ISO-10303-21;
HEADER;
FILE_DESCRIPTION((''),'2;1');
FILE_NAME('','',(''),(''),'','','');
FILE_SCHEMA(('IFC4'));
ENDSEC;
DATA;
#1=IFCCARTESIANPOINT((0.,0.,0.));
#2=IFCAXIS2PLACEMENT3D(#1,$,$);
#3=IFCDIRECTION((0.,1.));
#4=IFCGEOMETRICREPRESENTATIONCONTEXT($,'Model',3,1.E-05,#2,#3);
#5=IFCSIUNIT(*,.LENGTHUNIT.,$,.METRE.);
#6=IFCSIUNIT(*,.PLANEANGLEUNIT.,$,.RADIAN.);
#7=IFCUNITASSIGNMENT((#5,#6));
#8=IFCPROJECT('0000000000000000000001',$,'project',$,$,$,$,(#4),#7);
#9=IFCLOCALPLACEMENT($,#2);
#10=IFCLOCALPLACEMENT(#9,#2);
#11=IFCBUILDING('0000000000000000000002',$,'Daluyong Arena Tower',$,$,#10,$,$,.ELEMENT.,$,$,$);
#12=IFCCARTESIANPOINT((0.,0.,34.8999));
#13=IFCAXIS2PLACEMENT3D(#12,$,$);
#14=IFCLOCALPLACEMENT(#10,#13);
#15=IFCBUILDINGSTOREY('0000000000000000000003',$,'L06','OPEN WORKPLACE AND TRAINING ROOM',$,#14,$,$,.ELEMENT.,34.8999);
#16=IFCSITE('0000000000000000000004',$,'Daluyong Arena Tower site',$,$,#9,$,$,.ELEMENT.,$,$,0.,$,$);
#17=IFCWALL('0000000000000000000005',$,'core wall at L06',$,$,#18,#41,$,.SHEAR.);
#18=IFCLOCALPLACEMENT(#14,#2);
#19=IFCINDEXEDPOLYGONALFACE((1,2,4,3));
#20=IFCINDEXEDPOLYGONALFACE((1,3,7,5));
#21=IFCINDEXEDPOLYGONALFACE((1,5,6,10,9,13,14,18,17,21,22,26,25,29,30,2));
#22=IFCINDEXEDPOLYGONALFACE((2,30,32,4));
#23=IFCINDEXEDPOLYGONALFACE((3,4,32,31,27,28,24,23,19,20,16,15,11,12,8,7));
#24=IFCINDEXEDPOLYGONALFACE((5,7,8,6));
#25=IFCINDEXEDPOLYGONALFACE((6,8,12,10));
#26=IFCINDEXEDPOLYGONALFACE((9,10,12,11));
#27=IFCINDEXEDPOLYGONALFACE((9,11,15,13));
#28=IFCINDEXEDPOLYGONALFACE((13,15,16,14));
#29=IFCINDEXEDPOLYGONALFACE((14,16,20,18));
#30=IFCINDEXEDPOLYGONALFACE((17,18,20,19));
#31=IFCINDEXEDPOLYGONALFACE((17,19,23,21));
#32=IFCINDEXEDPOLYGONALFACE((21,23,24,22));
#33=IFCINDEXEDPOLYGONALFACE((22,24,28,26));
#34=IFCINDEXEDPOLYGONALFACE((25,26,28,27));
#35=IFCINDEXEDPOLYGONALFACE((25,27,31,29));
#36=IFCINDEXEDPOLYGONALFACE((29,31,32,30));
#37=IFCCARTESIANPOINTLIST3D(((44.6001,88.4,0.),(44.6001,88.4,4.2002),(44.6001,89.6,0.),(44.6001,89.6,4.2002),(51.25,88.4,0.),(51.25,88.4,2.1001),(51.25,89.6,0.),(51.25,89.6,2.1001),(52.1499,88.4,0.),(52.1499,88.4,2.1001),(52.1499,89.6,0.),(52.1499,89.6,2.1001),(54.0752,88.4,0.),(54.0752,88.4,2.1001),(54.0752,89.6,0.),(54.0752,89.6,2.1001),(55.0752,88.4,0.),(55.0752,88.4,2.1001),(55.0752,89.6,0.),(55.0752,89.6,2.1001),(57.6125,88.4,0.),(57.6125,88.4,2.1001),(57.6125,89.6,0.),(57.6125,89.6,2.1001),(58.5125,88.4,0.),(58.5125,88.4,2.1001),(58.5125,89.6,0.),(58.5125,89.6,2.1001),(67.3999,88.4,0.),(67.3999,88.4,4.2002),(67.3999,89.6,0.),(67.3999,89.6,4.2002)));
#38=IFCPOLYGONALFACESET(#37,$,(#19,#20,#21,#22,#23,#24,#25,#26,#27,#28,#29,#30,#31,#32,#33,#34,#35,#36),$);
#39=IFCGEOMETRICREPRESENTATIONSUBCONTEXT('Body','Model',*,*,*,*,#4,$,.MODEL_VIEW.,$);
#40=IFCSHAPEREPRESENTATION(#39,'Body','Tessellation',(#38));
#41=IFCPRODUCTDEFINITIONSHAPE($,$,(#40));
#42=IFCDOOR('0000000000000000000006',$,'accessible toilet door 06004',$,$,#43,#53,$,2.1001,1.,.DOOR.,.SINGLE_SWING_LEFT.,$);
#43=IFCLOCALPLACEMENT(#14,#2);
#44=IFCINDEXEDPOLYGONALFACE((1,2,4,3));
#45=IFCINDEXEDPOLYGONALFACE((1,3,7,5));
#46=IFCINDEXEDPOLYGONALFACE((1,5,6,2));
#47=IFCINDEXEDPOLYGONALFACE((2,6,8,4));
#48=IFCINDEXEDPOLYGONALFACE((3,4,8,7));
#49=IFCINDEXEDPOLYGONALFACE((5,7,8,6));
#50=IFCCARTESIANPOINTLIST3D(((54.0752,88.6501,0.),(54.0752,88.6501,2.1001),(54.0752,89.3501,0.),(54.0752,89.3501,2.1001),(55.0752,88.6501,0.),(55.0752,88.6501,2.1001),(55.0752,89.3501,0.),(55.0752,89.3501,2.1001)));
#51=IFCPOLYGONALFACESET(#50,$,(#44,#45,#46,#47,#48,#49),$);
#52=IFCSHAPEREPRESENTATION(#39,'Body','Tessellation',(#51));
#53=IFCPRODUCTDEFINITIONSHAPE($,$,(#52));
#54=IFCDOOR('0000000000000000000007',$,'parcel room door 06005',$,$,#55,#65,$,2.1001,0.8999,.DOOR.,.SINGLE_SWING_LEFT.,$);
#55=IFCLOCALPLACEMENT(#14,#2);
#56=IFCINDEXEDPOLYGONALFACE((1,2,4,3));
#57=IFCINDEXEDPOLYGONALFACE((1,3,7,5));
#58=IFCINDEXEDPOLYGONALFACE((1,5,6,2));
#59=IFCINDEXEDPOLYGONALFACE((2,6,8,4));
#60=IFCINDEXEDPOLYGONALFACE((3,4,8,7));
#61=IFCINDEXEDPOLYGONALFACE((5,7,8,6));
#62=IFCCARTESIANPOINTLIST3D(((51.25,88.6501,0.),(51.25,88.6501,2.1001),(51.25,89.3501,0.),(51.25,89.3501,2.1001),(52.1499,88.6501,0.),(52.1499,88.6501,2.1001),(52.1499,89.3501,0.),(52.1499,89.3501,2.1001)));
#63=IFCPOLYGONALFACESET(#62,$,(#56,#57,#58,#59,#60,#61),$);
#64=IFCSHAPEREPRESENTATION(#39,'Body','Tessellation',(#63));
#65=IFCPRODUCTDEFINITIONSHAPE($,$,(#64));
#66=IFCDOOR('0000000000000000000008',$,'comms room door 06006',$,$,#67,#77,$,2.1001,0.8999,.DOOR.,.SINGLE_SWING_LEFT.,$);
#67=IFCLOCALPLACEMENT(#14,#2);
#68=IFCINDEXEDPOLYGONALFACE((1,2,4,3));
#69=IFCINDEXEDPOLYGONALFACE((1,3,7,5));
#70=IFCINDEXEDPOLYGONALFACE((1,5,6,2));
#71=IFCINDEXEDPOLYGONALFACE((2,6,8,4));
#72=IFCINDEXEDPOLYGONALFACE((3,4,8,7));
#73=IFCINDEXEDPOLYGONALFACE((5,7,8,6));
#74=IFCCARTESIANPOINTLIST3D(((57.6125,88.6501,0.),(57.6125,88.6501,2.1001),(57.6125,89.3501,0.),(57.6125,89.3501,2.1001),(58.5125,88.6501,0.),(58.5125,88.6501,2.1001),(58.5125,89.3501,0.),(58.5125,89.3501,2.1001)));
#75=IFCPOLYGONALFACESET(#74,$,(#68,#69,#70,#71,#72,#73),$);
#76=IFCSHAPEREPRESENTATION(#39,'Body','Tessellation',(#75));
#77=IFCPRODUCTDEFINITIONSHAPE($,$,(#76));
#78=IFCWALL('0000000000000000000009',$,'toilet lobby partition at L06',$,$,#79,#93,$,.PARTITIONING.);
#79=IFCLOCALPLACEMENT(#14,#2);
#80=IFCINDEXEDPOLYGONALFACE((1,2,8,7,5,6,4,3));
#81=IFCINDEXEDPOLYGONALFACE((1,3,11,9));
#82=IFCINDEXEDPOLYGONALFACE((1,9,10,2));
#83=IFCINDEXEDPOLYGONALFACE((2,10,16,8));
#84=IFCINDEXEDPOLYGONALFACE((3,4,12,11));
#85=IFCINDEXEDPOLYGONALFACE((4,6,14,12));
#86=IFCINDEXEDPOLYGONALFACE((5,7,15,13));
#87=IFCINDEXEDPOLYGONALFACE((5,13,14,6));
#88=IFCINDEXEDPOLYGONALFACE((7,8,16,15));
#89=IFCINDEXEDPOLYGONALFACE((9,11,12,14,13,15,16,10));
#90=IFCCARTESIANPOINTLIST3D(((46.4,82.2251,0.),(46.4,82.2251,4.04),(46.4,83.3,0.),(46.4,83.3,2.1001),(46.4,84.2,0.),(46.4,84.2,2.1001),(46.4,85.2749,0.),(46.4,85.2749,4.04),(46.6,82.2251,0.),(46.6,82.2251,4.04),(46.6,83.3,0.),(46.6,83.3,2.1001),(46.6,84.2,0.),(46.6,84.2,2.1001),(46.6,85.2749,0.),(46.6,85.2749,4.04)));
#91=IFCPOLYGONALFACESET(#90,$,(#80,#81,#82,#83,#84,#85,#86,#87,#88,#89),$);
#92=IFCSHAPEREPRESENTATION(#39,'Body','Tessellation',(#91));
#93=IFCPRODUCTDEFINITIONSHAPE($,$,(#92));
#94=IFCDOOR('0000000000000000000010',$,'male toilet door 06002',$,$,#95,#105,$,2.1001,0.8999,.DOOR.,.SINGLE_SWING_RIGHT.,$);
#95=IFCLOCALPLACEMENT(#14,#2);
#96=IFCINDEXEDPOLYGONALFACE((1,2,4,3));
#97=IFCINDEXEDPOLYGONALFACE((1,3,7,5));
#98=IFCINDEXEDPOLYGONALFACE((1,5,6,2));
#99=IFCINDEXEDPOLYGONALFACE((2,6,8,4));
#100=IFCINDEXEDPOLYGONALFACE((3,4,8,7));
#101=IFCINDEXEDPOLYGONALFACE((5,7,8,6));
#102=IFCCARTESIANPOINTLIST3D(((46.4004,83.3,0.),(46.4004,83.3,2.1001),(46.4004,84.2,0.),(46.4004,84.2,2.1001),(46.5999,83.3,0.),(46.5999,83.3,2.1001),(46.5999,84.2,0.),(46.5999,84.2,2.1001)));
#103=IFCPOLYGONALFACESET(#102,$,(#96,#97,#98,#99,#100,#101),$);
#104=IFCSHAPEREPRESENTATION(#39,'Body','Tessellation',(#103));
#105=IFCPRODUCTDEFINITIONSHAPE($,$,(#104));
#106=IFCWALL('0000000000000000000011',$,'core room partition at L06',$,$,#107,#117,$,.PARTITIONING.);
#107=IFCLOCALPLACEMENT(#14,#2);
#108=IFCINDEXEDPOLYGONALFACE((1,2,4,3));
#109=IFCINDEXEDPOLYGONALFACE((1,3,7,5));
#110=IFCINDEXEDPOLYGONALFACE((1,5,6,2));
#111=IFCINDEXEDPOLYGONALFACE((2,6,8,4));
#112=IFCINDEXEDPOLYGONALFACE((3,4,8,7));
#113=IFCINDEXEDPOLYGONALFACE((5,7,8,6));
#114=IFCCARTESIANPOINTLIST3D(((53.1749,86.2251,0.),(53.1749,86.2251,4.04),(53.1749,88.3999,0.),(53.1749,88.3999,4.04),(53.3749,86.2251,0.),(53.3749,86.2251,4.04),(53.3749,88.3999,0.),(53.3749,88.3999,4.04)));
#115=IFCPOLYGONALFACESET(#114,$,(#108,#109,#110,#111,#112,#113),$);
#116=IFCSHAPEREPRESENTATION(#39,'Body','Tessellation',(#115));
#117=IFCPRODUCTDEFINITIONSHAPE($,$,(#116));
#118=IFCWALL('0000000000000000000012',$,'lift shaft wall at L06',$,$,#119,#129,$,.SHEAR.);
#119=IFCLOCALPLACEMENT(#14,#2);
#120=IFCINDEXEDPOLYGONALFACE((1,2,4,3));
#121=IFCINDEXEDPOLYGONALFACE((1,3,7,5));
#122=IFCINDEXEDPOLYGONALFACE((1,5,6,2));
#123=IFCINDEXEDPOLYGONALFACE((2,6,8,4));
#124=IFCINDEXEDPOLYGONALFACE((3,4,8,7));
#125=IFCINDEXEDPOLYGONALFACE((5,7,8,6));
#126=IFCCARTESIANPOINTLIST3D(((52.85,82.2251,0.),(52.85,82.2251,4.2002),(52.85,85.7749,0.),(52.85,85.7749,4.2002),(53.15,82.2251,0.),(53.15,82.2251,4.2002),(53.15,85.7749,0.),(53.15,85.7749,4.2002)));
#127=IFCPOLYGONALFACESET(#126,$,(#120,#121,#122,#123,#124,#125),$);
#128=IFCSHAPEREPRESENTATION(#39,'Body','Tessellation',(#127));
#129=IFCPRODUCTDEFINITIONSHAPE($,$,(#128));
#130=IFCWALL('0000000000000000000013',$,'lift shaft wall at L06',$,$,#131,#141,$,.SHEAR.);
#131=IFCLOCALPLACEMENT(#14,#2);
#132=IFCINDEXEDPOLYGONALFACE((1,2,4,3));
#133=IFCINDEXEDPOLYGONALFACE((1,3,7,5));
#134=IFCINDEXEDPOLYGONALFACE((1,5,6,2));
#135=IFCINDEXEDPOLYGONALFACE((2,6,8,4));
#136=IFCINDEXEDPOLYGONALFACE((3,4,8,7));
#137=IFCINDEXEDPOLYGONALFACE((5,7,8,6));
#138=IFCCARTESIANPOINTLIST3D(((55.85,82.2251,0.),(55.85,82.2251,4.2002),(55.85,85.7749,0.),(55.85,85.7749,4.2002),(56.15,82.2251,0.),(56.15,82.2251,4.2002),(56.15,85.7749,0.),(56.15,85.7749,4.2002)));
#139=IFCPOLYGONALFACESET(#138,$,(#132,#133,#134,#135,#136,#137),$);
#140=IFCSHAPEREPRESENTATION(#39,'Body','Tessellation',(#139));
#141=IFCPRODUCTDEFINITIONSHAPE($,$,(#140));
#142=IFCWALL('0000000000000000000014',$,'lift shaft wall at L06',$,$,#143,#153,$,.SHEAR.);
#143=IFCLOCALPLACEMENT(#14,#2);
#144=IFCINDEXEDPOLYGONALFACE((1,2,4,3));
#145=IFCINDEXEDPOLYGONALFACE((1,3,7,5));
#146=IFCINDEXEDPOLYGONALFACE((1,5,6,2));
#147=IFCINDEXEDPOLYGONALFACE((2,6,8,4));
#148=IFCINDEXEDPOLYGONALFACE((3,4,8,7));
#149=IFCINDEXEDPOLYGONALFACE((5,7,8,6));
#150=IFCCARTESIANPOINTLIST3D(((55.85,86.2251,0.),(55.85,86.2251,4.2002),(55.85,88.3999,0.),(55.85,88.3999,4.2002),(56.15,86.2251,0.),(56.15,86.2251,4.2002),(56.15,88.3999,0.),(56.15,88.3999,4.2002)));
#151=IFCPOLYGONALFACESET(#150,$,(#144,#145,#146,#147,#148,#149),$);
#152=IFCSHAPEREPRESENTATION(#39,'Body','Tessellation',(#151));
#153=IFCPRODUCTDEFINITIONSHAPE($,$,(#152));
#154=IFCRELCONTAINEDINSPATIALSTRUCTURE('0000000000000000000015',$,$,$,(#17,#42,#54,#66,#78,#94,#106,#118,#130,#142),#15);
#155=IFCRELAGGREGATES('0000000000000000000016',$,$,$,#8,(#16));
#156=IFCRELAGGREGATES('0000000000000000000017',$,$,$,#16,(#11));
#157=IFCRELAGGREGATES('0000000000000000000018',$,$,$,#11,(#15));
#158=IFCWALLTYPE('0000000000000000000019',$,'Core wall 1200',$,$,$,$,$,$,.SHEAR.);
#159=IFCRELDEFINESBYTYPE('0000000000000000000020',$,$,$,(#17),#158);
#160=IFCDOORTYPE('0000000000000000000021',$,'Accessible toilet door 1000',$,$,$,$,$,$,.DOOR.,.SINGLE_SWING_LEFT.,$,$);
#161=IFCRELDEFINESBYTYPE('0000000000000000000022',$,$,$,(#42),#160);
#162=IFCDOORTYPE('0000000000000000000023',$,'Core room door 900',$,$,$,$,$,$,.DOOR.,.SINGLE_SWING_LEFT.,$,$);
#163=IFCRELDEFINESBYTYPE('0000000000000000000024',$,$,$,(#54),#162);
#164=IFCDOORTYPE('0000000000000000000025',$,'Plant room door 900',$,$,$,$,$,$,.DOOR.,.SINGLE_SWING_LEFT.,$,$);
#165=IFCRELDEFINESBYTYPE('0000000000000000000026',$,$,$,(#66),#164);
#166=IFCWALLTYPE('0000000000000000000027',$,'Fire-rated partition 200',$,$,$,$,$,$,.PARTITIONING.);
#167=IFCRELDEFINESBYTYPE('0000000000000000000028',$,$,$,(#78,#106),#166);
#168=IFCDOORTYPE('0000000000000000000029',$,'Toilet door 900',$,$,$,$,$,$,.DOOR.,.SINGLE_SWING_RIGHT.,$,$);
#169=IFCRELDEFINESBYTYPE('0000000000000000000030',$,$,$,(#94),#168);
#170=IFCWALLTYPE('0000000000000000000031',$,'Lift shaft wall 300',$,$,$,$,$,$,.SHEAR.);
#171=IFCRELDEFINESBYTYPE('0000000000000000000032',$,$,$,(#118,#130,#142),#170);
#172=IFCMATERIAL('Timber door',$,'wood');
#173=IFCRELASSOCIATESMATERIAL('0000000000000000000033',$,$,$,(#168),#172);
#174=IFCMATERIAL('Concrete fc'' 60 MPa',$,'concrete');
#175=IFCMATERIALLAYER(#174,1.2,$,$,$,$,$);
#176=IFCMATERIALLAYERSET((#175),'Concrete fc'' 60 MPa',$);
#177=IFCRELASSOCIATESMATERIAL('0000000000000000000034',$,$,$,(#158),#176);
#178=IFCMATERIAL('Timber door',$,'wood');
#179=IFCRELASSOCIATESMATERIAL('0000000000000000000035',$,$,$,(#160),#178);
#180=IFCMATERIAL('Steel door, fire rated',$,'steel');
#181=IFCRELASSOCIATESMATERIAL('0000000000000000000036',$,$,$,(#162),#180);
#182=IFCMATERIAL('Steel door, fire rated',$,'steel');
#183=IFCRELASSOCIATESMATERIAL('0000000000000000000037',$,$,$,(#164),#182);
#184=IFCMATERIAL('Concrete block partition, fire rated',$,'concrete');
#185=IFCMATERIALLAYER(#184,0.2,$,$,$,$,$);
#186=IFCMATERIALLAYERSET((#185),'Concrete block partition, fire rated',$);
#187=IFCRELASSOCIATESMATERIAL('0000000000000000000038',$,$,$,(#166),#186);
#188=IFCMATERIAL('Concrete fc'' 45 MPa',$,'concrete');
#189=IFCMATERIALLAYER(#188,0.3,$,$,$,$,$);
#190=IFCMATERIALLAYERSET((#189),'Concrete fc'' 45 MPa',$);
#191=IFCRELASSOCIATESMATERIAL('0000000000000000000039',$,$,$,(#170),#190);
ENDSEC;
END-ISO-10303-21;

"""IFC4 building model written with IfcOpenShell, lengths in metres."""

from ifc_helpers import new_model, si_unit, direction, frame, frame_2d, origin, place, context, subcontext, project, spatial, rectangle, extrude, material, layer, layer_set, type_object, element, fill, save


model = new_model("IFC4")

# Units and contexts
model_context = context("Model", 3, precision=1e-05, world=origin(), true_north=direction((0.0, 1.0)))
body_context = subcontext(model_context, "Body", "Model", "MODEL_VIEW")
ifc_project = project(units=[si_unit("LENGTHUNIT", "METRE"), si_unit("PLANEANGLEUNIT", "RADIAN")], contexts=[model_context])

# Site, building, storey
site_placement = place(None, origin())
site = spatial("IfcSite", under=ifc_project, at=site_placement, Name="Daluyong Arena Tower site", CompositionType="ELEMENT", RefElevation=0.0)
building_placement = place(site_placement, origin())
building = spatial("IfcBuilding", under=site, at=building_placement, Name="Daluyong Arena Tower", CompositionType="ELEMENT")
storey_placement = place(building_placement, frame((0.0, 0.0, 34.8999)))
storey = spatial("IfcBuildingStorey", under=building, at=storey_placement, Name="L06", Description="OPEN WORKPLACE AND TRAINING ROOM", CompositionType="ELEMENT", Elevation=34.8999)

# Shared definitions
ifc_material_1 = material(Name="Timber door", Category="wood")
door_type_1 = type_object("IfcDoorType", Name="Toilet door 900", OperationType="SINGLE_SWING_RIGHT", PredefinedType="DOOR", material=ifc_material_1)

# Wall, openings, doors
ifc_material_2 = material(Name="Concrete fc' 60 MPa", Category="concrete")
ifc_layer_1 = layer(ifc_material_2, 1.2)
ifc_layer_set_1 = layer_set([ifc_layer_1], Name="Concrete fc' 60 MPa")
wall_type_1 = type_object("IfcWallType", Name="Core wall 1200", PredefinedType="SHEAR", material=ifc_layer_set_1)
wall_1_placement = place(storey_placement, frame((44.6001, 89.0, 0.0), z_axis=(0.0, 0.0, 1.0), x_axis=(1.0, 0.0, 0.0)))
wall_1 = element("IfcWall", 1, at=wall_1_placement, inside=storey, type_object=wall_type_1, Name="core wall at L06", PredefinedType="SHEAR", context=body_context, shape_type="SweptSolid", body=[
    extrude(rectangle(XDim=22.7998, YDim=1.2, at=frame_2d((11.3999, 0.0))), origin(), (0.0, 0.0, 1.0), 4.2002),
])
opening_1_placement = place(wall_1_placement, frame((9.4751, 0.0, 0.0)))
opening_1 = element("IfcOpeningElement", 2, at=opening_1_placement, cuts=wall_1, PredefinedType="OPENING", context=body_context, shape_type="SweptSolid", body=[
    extrude(rectangle(XDim=1.0, YDim=2.1001, at=frame_2d((0.5, 1.05))), frame((0.0, 0.6099, 0.0), z_axis=(0.0, -1.0, 0.0), x_axis=(1.0, 0.0, 0.0)), (0.0, 0.0, 1.0), 1.22),
])
opening_2_placement = place(wall_1_placement, frame((6.6499, 0.0, 0.0)))
opening_2 = element("IfcOpeningElement", 3, at=opening_2_placement, cuts=wall_1, PredefinedType="OPENING", context=body_context, shape_type="SweptSolid", body=[
    extrude(rectangle(XDim=0.8999, YDim=2.1001, at=frame_2d((0.45, 1.05))), frame((0.0, 0.6099, 0.0), z_axis=(0.0, -1.0, 0.0), x_axis=(1.0, 0.0, 0.0)), (0.0, 0.0, 1.0), 1.22),
])
opening_3_placement = place(wall_1_placement, frame((13.0125, 0.0, 0.0)))
opening_3 = element("IfcOpeningElement", 4, at=opening_3_placement, cuts=wall_1, PredefinedType="OPENING", context=body_context, shape_type="SweptSolid", body=[
    extrude(rectangle(XDim=0.8999, YDim=2.1001, at=frame_2d((0.45, 1.05))), frame((0.0, 0.6099, 0.0), z_axis=(0.0, -1.0, 0.0), x_axis=(1.0, 0.0, 0.0)), (0.0, 0.0, 1.0), 1.22),
])
ifc_material_3 = material(Name="Timber door", Category="wood")
door_type_2 = type_object("IfcDoorType", Name="Accessible toilet door 1000", OperationType="SINGLE_SWING_LEFT", PredefinedType="DOOR", material=ifc_material_3)
door_1_placement = place(opening_1_placement, origin())
door_1 = element("IfcDoor", 5, at=door_1_placement, inside=storey, type_object=door_type_2, Name="accessible toilet door 06004", OperationType="SINGLE_SWING_LEFT", OverallHeight=2.1001, OverallWidth=1.0, PredefinedType="DOOR", context=body_context, shape_type="SweptSolid", body=[
    extrude(rectangle(XDim=1.0, YDim=2.1001, at=frame_2d((0.5, 1.05))), frame((0.0, 0.3501, 0.0), z_axis=(0.0, -1.0, 0.0), x_axis=(1.0, 0.0, 0.0)), (0.0, 0.0, 1.0), 0.7),
])
fill(opening_1, door_1)
ifc_material_4 = material(Name="Steel door, fire rated", Category="steel")
door_type_3 = type_object("IfcDoorType", Name="Core room door 900", OperationType="SINGLE_SWING_LEFT", PredefinedType="DOOR", material=ifc_material_4)
door_2_placement = place(opening_2_placement, origin())
door_2 = element("IfcDoor", 6, at=door_2_placement, inside=storey, type_object=door_type_3, Name="parcel room door 06005", OperationType="SINGLE_SWING_LEFT", OverallHeight=2.1001, OverallWidth=0.8999, PredefinedType="DOOR", context=body_context, shape_type="SweptSolid", body=[
    extrude(rectangle(XDim=0.8999, YDim=2.1001, at=frame_2d((0.45, 1.05))), frame((0.0, 0.3501, 0.0), z_axis=(0.0, -1.0, 0.0), x_axis=(1.0, 0.0, 0.0)), (0.0, 0.0, 1.0), 0.7),
])
fill(opening_2, door_2)
ifc_material_5 = material(Name="Steel door, fire rated", Category="steel")
door_type_4 = type_object("IfcDoorType", Name="Plant room door 900", OperationType="SINGLE_SWING_LEFT", PredefinedType="DOOR", material=ifc_material_5)
door_3_placement = place(opening_3_placement, origin())
door_3 = element("IfcDoor", 7, at=door_3_placement, inside=storey, type_object=door_type_4, Name="comms room door 06006", OperationType="SINGLE_SWING_LEFT", OverallHeight=2.1001, OverallWidth=0.8999, PredefinedType="DOOR", context=body_context, shape_type="SweptSolid", body=[
    extrude(rectangle(XDim=0.8999, YDim=2.1001, at=frame_2d((0.45, 1.05))), frame((0.0, 0.3501, 0.0), z_axis=(0.0, -1.0, 0.0), x_axis=(1.0, 0.0, 0.0)), (0.0, 0.0, 1.0), 0.7),
])
fill(opening_3, door_3)

# Wall, opening, door
ifc_material_6 = material(Name="Concrete block partition, fire rated", Category="concrete")
ifc_layer_2 = layer(ifc_material_6, 0.2)
ifc_layer_set_2 = layer_set([ifc_layer_2], Name="Concrete block partition, fire rated")
wall_type_2 = type_object("IfcWallType", Name="Fire-rated partition 200", PredefinedType="PARTITIONING", material=ifc_layer_set_2)
wall_2_placement = place(storey_placement, frame((46.5, 82.2251, 0.0), z_axis=(0.0, 0.0, 1.0), x_axis=(0.0, 1.0, 0.0)))
wall_2 = element("IfcWall", 8, at=wall_2_placement, inside=storey, type_object=wall_type_2, Name="toilet lobby partition at L06", PredefinedType="PARTITIONING", context=body_context, shape_type="SweptSolid", body=[
    extrude(rectangle(XDim=3.0498, YDim=0.2, at=frame_2d((1.5249, 0.0))), origin(), (0.0, 0.0, 1.0), 4.04),
])
opening_4_placement = place(wall_2_placement, frame((1.075, 0.0, 0.0)))
opening_4 = element("IfcOpeningElement", 9, at=opening_4_placement, cuts=wall_2, PredefinedType="OPENING", context=body_context, shape_type="SweptSolid", body=[
    extrude(rectangle(XDim=0.8999, YDim=2.1001, at=frame_2d((0.45, 1.05))), frame((0.0, 0.1099, 0.0), z_axis=(0.0, -1.0, 0.0), x_axis=(1.0, 0.0, 0.0)), (0.0, 0.0, 1.0), 0.22),
])
door_4_placement = place(opening_4_placement, origin())
door_4 = element("IfcDoor", 10, at=door_4_placement, inside=storey, type_object=door_type_1, Name="male toilet door 06002", OperationType="SINGLE_SWING_RIGHT", OverallHeight=2.1001, OverallWidth=0.8999, PredefinedType="DOOR", context=body_context, shape_type="SweptSolid", body=[
    extrude(rectangle(XDim=0.8999, YDim=2.1001, at=frame_2d((0.45, 1.05))), frame((0.0, 0.0996, 0.0), z_axis=(0.0, -1.0, 0.0), x_axis=(1.0, 0.0, 0.0)), (0.0, 0.0, 1.0), 0.1995),
])
fill(opening_4, door_4)

# Walls
wall_3_placement = place(storey_placement, frame((53.2749, 86.2251, 0.0), z_axis=(0.0, 0.0, 1.0), x_axis=(0.0, 1.0, 0.0)))
element("IfcWall", 11, at=wall_3_placement, inside=storey, type_object=wall_type_2, Name="core room partition at L06", PredefinedType="PARTITIONING", context=body_context, shape_type="SweptSolid", body=[
    extrude(rectangle(XDim=2.1748, YDim=0.2, at=frame_2d((1.0874, 0.0))), origin(), (0.0, 0.0, 1.0), 4.04),
])
ifc_material_7 = material(Name="Concrete fc' 45 MPa", Category="concrete")
ifc_layer_3 = layer(ifc_material_7, 0.3)
ifc_layer_set_3 = layer_set([ifc_layer_3], Name="Concrete fc' 45 MPa")
wall_type_3 = type_object("IfcWallType", Name="Lift shaft wall 300", PredefinedType="SHEAR", material=ifc_layer_set_3)
for number, where, z_axis, x_axis, name in (
    (12, (53.0, 82.2251, 0.0), (0.0, 0.0, 1.0), (0.0, 1.0, 0.0), "lift shaft wall at L06"),
    (13, (56.0, 82.2251, 0.0), (0.0, 0.0, 1.0), (0.0, 1.0, 0.0), "lift shaft wall at L06"),
):
    element("IfcWall", number, at=place(storey_placement, frame(where, z_axis=z_axis, x_axis=x_axis)), inside=storey, type_object=wall_type_3, Name=name, PredefinedType="SHEAR", context=body_context, shape_type="SweptSolid", body=[
        extrude(rectangle(XDim=3.5498, YDim=0.3, at=frame_2d((1.7749, 0.0))), origin(), (0.0, 0.0, 1.0), 4.2002),
    ])
wall_4_placement = place(storey_placement, frame((56.0, 86.2251, 0.0), z_axis=(0.0, 0.0, 1.0), x_axis=(0.0, 1.0, 0.0)))
element("IfcWall", 14, at=wall_4_placement, inside=storey, type_object=wall_type_3, Name="lift shaft wall at L06", PredefinedType="SHEAR", context=body_context, shape_type="SweptSolid", body=[
    extrude(rectangle(XDim=2.1748, YDim=0.3, at=frame_2d((1.0874, 0.0))), origin(), (0.0, 0.0, 1.0), 4.2002),
])

save(model, "model.ifc")
